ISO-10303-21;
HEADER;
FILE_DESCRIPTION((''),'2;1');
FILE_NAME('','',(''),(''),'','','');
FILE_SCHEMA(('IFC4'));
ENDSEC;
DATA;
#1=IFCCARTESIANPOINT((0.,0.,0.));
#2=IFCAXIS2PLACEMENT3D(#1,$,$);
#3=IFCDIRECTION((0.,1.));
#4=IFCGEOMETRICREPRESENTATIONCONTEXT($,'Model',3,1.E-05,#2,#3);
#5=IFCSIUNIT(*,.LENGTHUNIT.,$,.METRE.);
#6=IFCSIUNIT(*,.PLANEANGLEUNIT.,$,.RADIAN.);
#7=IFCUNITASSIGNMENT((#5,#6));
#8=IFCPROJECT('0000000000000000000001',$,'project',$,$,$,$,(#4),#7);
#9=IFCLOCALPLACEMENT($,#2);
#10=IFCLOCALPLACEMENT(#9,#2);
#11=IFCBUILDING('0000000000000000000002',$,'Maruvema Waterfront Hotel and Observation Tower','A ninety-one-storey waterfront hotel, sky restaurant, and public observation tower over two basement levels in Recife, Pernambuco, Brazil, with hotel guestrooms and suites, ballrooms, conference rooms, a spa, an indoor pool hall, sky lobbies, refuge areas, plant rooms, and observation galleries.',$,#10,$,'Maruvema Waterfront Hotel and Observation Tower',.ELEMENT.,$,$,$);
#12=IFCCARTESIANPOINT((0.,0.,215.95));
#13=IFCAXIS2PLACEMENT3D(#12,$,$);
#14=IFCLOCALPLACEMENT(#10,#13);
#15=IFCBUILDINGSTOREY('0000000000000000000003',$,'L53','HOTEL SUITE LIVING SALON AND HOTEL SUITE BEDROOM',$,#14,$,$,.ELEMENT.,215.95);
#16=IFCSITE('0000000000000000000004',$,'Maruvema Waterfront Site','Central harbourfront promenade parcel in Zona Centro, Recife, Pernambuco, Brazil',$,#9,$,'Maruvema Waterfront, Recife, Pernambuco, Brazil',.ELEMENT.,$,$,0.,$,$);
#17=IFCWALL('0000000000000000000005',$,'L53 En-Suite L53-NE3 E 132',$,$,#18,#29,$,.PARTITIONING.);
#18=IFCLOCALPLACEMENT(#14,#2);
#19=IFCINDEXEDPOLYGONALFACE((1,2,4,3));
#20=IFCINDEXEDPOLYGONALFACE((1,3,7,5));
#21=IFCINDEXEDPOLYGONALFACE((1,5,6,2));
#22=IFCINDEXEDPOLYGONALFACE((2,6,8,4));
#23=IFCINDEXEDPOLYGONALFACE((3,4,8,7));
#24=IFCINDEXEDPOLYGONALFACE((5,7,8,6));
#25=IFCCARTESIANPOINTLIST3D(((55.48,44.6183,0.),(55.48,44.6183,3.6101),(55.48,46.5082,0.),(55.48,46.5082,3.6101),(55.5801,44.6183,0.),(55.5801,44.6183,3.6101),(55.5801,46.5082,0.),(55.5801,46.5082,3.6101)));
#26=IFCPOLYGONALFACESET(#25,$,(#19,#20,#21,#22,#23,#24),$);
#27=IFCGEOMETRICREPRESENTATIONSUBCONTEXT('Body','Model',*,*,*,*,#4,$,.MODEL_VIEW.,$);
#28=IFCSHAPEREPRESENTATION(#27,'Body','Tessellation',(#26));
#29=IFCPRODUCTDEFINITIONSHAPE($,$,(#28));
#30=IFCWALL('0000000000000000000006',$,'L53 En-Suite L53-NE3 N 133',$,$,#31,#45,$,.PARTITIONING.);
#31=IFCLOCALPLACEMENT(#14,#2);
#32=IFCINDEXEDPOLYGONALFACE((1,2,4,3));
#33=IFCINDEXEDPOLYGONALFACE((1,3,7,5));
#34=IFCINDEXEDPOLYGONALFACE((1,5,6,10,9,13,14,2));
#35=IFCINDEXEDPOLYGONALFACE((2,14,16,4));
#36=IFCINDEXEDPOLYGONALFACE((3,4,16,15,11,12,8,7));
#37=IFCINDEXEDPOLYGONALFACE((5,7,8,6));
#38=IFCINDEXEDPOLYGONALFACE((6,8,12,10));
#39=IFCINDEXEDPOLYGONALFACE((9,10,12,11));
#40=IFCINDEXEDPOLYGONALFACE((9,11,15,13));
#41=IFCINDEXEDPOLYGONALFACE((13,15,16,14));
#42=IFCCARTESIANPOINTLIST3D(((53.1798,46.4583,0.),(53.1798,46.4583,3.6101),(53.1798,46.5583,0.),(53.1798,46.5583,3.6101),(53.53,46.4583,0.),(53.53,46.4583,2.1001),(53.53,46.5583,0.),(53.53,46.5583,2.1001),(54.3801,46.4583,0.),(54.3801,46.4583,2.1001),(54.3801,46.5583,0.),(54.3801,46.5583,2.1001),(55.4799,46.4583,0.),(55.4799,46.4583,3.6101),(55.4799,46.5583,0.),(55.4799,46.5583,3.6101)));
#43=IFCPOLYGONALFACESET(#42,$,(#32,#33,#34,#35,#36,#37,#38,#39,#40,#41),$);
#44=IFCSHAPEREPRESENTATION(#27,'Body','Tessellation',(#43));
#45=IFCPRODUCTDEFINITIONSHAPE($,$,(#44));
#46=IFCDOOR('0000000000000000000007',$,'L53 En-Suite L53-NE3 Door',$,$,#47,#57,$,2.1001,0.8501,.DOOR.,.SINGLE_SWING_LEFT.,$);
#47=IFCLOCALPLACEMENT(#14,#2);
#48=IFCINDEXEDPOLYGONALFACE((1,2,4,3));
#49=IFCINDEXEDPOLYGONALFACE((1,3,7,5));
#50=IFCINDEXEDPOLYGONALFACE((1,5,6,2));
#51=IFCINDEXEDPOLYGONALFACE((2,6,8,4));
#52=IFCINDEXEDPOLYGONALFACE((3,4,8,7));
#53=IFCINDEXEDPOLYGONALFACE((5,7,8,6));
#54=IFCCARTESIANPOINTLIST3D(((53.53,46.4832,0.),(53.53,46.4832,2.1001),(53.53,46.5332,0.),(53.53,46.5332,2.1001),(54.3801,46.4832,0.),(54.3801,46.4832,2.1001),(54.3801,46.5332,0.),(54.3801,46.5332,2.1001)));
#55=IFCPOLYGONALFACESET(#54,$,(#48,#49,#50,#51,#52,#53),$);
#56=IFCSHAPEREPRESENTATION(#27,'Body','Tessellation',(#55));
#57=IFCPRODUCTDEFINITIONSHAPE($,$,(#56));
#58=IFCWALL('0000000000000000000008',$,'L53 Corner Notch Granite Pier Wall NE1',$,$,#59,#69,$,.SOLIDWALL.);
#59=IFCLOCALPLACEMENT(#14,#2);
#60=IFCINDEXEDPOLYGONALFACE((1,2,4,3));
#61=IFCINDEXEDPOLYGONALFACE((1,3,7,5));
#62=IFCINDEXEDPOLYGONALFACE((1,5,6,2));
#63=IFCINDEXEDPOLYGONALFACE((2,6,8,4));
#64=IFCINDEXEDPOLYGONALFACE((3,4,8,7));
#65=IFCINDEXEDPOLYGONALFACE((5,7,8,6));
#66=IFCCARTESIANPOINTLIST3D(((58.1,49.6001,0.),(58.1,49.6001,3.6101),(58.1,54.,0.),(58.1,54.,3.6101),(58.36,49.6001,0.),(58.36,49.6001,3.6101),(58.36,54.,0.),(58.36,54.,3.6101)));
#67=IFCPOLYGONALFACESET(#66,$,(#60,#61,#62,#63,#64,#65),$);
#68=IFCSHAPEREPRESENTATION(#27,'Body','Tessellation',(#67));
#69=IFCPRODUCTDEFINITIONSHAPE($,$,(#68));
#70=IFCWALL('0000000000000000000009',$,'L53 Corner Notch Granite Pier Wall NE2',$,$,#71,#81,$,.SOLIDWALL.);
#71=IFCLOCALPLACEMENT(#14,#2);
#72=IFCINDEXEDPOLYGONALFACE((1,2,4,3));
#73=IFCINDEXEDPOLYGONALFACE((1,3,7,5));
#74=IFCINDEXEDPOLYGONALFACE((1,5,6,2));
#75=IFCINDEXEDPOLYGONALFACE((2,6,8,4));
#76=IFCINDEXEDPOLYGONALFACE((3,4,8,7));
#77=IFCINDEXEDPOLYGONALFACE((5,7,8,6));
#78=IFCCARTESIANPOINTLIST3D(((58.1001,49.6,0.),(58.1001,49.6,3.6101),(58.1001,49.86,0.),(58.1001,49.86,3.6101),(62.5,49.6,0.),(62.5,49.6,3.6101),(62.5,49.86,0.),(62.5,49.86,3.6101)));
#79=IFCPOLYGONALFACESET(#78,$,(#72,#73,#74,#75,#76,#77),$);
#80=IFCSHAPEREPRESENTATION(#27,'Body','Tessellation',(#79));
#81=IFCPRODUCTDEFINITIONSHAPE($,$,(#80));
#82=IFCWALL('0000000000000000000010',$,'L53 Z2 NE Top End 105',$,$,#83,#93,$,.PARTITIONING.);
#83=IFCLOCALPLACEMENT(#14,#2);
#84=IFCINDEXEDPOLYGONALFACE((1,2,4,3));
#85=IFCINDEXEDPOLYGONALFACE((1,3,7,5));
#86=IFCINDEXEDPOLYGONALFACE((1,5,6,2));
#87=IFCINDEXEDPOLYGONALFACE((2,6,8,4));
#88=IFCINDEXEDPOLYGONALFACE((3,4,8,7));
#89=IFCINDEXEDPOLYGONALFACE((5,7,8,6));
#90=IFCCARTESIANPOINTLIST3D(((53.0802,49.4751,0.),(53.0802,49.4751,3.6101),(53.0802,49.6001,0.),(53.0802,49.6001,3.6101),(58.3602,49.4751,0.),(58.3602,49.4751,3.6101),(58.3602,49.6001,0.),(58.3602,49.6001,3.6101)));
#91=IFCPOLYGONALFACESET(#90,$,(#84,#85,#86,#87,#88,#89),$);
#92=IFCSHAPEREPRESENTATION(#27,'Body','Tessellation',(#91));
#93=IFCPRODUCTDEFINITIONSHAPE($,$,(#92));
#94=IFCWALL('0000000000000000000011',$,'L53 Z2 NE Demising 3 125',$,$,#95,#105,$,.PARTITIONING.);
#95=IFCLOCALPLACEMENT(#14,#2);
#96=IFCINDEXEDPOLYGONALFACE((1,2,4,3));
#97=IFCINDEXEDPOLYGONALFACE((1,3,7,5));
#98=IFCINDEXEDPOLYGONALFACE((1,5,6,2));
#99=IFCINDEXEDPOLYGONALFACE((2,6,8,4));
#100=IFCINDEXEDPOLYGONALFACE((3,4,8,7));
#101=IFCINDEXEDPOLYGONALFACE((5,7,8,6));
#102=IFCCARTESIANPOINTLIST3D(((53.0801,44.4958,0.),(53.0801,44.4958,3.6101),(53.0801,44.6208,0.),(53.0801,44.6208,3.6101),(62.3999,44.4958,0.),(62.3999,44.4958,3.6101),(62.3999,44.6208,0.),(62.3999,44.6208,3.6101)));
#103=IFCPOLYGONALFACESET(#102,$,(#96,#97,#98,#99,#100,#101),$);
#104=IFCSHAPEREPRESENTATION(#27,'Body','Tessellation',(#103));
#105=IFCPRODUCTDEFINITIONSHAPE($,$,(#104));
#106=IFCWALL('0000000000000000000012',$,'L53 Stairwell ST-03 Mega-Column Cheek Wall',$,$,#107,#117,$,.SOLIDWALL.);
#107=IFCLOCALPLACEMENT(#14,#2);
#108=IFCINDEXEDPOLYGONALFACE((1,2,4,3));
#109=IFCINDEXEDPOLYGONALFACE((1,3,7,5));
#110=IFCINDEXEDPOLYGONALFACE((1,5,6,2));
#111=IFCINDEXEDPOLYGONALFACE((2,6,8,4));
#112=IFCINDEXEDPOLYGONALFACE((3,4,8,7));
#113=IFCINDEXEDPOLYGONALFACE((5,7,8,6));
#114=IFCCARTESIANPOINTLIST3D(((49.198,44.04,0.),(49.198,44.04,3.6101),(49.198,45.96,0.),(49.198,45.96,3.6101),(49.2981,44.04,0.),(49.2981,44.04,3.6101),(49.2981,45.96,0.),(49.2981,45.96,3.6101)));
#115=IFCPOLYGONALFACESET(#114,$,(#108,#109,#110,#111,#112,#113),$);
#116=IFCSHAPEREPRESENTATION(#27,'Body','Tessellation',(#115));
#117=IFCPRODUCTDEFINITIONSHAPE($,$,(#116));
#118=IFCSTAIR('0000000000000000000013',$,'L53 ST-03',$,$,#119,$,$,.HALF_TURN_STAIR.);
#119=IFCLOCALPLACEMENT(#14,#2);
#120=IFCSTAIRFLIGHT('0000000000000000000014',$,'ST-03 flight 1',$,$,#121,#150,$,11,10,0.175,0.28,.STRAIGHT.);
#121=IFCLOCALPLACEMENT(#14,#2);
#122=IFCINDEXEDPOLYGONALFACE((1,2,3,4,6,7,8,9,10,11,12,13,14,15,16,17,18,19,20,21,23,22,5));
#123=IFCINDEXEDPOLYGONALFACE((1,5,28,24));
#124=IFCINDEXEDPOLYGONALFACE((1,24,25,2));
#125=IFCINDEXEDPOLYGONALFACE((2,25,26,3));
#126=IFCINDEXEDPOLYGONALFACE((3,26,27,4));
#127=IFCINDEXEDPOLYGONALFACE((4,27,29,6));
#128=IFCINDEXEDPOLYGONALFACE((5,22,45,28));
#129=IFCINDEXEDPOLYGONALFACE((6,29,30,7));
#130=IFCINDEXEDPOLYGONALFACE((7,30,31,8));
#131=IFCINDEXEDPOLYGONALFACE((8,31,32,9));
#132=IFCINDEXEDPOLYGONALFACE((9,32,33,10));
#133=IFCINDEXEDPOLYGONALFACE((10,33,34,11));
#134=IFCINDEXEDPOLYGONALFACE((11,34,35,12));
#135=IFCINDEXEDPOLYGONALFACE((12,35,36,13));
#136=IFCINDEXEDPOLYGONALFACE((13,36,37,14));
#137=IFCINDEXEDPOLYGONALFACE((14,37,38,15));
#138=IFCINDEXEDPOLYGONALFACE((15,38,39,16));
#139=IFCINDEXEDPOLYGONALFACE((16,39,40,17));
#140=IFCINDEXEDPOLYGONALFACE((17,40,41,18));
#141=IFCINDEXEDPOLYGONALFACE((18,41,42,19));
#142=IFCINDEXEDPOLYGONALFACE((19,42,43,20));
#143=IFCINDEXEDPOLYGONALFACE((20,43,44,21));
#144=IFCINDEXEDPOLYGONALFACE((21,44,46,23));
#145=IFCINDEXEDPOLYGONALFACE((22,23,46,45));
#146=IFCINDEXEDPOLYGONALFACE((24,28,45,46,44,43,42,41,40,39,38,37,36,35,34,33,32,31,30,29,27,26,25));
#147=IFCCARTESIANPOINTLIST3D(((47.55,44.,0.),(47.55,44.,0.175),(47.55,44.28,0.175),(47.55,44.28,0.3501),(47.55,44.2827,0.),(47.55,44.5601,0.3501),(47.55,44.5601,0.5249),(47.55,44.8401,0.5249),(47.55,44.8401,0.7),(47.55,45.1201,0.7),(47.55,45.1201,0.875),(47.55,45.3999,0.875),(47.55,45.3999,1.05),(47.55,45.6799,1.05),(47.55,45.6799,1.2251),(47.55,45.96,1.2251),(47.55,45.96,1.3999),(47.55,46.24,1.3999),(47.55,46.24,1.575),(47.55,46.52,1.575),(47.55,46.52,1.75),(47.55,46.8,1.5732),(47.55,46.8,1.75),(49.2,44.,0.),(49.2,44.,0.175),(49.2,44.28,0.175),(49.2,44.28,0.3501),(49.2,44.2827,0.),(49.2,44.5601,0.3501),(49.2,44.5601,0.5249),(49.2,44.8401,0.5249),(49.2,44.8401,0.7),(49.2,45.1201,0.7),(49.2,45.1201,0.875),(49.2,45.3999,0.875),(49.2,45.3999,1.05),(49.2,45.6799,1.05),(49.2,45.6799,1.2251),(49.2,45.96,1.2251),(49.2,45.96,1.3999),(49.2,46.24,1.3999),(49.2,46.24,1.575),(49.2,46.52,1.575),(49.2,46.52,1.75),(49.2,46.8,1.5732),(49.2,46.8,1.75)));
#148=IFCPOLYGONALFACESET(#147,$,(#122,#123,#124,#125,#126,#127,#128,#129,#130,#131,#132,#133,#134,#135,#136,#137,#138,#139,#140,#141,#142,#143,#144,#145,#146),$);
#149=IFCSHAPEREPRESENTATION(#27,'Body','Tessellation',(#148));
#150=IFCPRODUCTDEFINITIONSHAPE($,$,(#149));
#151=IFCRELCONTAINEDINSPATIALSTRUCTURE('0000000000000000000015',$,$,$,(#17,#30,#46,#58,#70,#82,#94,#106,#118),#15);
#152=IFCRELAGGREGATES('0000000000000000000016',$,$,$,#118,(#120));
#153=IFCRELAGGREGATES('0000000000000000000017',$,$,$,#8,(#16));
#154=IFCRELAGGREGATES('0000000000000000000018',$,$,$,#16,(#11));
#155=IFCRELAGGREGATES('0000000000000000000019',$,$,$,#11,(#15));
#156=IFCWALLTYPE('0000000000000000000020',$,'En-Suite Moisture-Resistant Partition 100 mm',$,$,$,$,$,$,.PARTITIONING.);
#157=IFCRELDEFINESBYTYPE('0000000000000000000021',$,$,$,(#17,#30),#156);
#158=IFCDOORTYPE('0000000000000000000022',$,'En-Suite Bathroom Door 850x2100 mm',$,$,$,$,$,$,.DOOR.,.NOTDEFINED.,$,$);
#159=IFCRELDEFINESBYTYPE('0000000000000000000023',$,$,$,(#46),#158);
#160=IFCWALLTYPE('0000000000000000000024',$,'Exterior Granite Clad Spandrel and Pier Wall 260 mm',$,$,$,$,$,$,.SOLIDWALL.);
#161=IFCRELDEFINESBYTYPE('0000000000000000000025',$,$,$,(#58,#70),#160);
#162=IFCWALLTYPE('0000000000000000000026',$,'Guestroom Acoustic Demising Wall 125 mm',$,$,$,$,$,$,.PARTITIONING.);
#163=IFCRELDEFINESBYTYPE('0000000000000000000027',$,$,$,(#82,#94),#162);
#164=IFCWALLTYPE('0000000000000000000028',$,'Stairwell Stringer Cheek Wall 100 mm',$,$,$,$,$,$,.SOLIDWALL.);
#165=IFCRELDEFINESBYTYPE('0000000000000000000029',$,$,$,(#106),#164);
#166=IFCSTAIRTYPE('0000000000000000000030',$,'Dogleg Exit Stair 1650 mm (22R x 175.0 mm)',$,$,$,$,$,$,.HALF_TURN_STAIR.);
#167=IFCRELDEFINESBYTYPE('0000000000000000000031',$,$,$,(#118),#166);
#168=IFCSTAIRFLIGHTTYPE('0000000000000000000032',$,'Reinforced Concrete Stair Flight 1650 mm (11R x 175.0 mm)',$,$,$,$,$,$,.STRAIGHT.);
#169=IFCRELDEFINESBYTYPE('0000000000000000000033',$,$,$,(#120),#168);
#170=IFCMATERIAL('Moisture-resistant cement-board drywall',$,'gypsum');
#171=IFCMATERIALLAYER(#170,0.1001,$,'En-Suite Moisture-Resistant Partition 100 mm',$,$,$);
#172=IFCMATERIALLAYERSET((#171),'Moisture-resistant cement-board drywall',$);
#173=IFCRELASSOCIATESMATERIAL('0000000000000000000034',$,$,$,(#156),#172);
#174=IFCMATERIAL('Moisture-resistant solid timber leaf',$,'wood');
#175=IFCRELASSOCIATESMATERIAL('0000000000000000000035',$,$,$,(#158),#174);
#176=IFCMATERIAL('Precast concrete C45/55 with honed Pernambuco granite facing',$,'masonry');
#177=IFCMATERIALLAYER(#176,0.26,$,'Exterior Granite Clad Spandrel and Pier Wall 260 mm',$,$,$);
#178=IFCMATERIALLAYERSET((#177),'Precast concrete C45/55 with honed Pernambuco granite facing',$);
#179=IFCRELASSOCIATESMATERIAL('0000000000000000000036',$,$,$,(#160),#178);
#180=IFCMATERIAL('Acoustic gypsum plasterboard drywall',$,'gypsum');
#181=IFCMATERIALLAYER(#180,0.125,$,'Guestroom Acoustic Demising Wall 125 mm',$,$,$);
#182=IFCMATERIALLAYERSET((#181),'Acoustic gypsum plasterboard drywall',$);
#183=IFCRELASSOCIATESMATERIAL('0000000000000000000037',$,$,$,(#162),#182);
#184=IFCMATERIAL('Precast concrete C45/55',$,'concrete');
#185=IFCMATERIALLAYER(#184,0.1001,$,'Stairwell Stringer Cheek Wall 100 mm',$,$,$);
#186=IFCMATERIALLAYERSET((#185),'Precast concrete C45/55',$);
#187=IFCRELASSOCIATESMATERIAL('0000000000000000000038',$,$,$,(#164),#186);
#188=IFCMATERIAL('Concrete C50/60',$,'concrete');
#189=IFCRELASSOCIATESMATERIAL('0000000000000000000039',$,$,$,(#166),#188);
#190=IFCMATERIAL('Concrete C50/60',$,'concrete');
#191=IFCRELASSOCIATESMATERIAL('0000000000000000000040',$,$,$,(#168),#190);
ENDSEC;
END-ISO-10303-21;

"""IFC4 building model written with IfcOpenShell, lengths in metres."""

from ifc_helpers import new_model, si_unit, direction, frame, frame_2d, origin, place, context, subcontext, project, spatial, polyline, rectangle, outline, extrude, material, layer, layer_set, type_object, element, fill, aggregate, save


model = new_model("IFC4")

# Units and contexts
model_context = context("Model", 3, precision=1e-05, world=origin(), true_north=direction((0.0, 1.0)))
body_context = subcontext(model_context, "Body", "Model", "MODEL_VIEW")
ifc_project = project(units=[si_unit("LENGTHUNIT", "METRE"), si_unit("PLANEANGLEUNIT", "RADIAN")], contexts=[model_context])

# Site, building, storey
site_placement = place(None, origin())
site = spatial("IfcSite", under=ifc_project, at=site_placement, Name="Maruvema Waterfront Site", Description="Central harbourfront promenade parcel in Zona Centro, Recife, Pernambuco, Brazil", LongName="Maruvema Waterfront, Recife, Pernambuco, Brazil", CompositionType="ELEMENT", RefElevation=0.0)
building_placement = place(site_placement, origin())
building = spatial("IfcBuilding", under=site, at=building_placement, Name="Maruvema Waterfront Hotel and Observation Tower", Description="A ninety-one-storey waterfront hotel, sky restaurant, and public observation tower over two basement levels in Recife, Pernambuco, Brazil, with hotel guestrooms and suites, ballrooms, conference rooms, a spa, an indoor pool hall, sky lobbies, refuge areas, plant rooms, and observation galleries.", LongName="Maruvema Waterfront Hotel and Observation Tower", CompositionType="ELEMENT")
storey_placement = place(building_placement, frame((0.0, 0.0, 215.95)))
storey = spatial("IfcBuildingStorey", under=building, at=storey_placement, Name="L53", Description="HOTEL SUITE LIVING SALON AND HOTEL SUITE BEDROOM", CompositionType="ELEMENT", Elevation=215.95)

# Wall
ifc_material_1 = material(Name="Moisture-resistant cement-board drywall", Category="gypsum")
ifc_layer_1 = layer(ifc_material_1, 0.1001, Name="En-Suite Moisture-Resistant Partition 100 mm")
ifc_layer_set_1 = layer_set([ifc_layer_1], Name="Moisture-resistant cement-board drywall")
wall_type_1 = type_object("IfcWallType", Name="En-Suite Moisture-Resistant Partition 100 mm", PredefinedType="PARTITIONING", material=ifc_layer_set_1)
wall_1_placement = place(storey_placement, frame((55.53, 44.6184, 0.0), z_axis=(0.0, 0.0, 1.0), x_axis=(0.0, 1.0, 0.0)))
element("IfcWall", 1, at=wall_1_placement, inside=storey, type_object=wall_type_1, Name="L53 En-Suite L53-NE3 E 132", PredefinedType="PARTITIONING", context=body_context, shape_type="SweptSolid", body=[
    extrude(rectangle(XDim=1.8899, YDim=0.1001, at=frame_2d((0.9448, 0.0))), origin(), (0.0, 0.0, 1.0), 3.6101),
])

# Wall, opening, door
wall_2_placement = place(storey_placement, frame((53.1799, 46.5083, 0.0), z_axis=(0.0, 0.0, 1.0), x_axis=(1.0, 0.0, 0.0)))
wall_2 = element("IfcWall", 2, at=wall_2_placement, inside=storey, type_object=wall_type_1, Name="L53 En-Suite L53-NE3 N 133", PredefinedType="PARTITIONING", context=body_context, shape_type="SweptSolid", body=[
    extrude(rectangle(XDim=2.3, YDim=0.1001, at=frame_2d((1.1499, 0.0))), origin(), (0.0, 0.0, 1.0), 3.6101),
])
opening_1_placement = place(wall_2_placement, frame((0.3501, 0.0, 0.0)))
opening_1 = element("IfcOpeningElement", 3, at=opening_1_placement, cuts=wall_2, PredefinedType="OPENING", context=body_context, shape_type="SweptSolid", body=[
    extrude(rectangle(XDim=0.8501, YDim=2.1001, at=frame_2d((0.425, 1.05))), frame((0.0, 0.0601, 0.0), z_axis=(0.0, -1.0, 0.0), x_axis=(1.0, 0.0, 0.0)), (0.0, 0.0, 1.0), 0.1201),
])
ifc_material_2 = material(Name="Moisture-resistant solid timber leaf", Category="wood")
door_type_1 = type_object("IfcDoorType", Name="En-Suite Bathroom Door 850x2100 mm", OperationType="NOTDEFINED", PredefinedType="DOOR", material=ifc_material_2)
door_1_placement = place(opening_1_placement, origin())
door_1 = element("IfcDoor", 4, at=door_1_placement, inside=storey, type_object=door_type_1, Name="L53 En-Suite L53-NE3 Door", OperationType="SINGLE_SWING_LEFT", OverallHeight=2.1001, OverallWidth=0.8501, PredefinedType="DOOR", context=body_context, shape_type="SweptSolid", body=[
    extrude(rectangle(XDim=0.8501, YDim=2.1001, at=frame_2d((0.425, 1.05))), frame((0.0, 0.0249, 0.0), z_axis=(0.0, -1.0, 0.0), x_axis=(1.0, 0.0, 0.0)), (0.0, 0.0, 1.0), 0.05),
])
fill(opening_1, door_1)

# Walls
ifc_material_3 = material(Name="Precast concrete C45/55 with honed Pernambuco granite facing", Category="masonry")
ifc_layer_2 = layer(ifc_material_3, 0.26, Name="Exterior Granite Clad Spandrel and Pier Wall 260 mm")
ifc_layer_set_2 = layer_set([ifc_layer_2], Name="Precast concrete C45/55 with honed Pernambuco granite facing")
wall_type_2 = type_object("IfcWallType", Name="Exterior Granite Clad Spandrel and Pier Wall 260 mm", PredefinedType="SOLIDWALL", material=ifc_layer_set_2)
for number, where, z_axis, x_axis, name in (
    (5, (58.23, 54.0, 0.0), (0.0, 0.0, 1.0), (0.0, -1.0, 0.0), "L53 Corner Notch Granite Pier Wall NE1"),
    (6, (58.1001, 49.73, 0.0), (0.0, 0.0, 1.0), (1.0, 0.0, 0.0), "L53 Corner Notch Granite Pier Wall NE2"),
):
    element("IfcWall", number, at=place(storey_placement, frame(where, z_axis=z_axis, x_axis=x_axis)), inside=storey, type_object=wall_type_2, Name=name, PredefinedType="SOLIDWALL", context=body_context, shape_type="SweptSolid", body=[
        extrude(rectangle(XDim=4.3999, YDim=0.26, at=frame_2d((2.2, 0.0))), origin(), (0.0, 0.0, 1.0), 3.6101),
    ])
ifc_material_4 = material(Name="Acoustic gypsum plasterboard drywall", Category="gypsum")
ifc_layer_3 = layer(ifc_material_4, 0.125, Name="Guestroom Acoustic Demising Wall 125 mm")
ifc_layer_set_3 = layer_set([ifc_layer_3], Name="Acoustic gypsum plasterboard drywall")
wall_type_3 = type_object("IfcWallType", Name="Guestroom Acoustic Demising Wall 125 mm", PredefinedType="PARTITIONING", material=ifc_layer_set_3)
wall_3_placement = place(storey_placement, frame((53.0801, 49.5376, 0.0), z_axis=(0.0, 0.0, 1.0), x_axis=(1.0, 0.0, 0.0)))
element("IfcWall", 7, at=wall_3_placement, inside=storey, type_object=wall_type_3, Name="L53 Z2 NE Top End 105", PredefinedType="PARTITIONING", context=body_context, shape_type="SweptSolid", body=[
    extrude(rectangle(XDim=5.28, YDim=0.125, at=frame_2d((2.6401, 0.0))), origin(), (0.0, 0.0, 1.0), 3.6101),
])
wall_4_placement = place(storey_placement, frame((53.0801, 44.5583, 0.0), z_axis=(0.0, 0.0, 1.0), x_axis=(1.0, 0.0, 0.0)))
element("IfcWall", 8, at=wall_4_placement, inside=storey, type_object=wall_type_3, Name="L53 Z2 NE Demising 3 125", PredefinedType="PARTITIONING", context=body_context, shape_type="SweptSolid", body=[
    extrude(rectangle(XDim=9.3198, YDim=0.125, at=frame_2d((4.6599, 0.0))), origin(), (0.0, 0.0, 1.0), 3.6101),
])
ifc_material_5 = material(Name="Precast concrete C45/55", Category="concrete")
ifc_layer_4 = layer(ifc_material_5, 0.1001, Name="Stairwell Stringer Cheek Wall 100 mm")
ifc_layer_set_4 = layer_set([ifc_layer_4], Name="Precast concrete C45/55")
wall_type_4 = type_object("IfcWallType", Name="Stairwell Stringer Cheek Wall 100 mm", PredefinedType="SOLIDWALL", material=ifc_layer_set_4)
wall_5_placement = place(storey_placement, frame((49.248, 44.04, 0.0), z_axis=(0.0, 0.0, 1.0), x_axis=(0.0, 1.0, 0.0)))
element("IfcWall", 9, at=wall_5_placement, inside=storey, type_object=wall_type_4, Name="L53 Stairwell ST-03 Mega-Column Cheek Wall", PredefinedType="SOLIDWALL", context=body_context, shape_type="SweptSolid", body=[
    extrude(rectangle(XDim=1.9199, YDim=0.1001, at=frame_2d((0.96, 0.0))), origin(), (0.0, 0.0, 1.0), 3.6101),
])

# Stair, stair flight
ifc_material_6 = material(Name="Concrete C50/60", Category="concrete")
stair_type = type_object("IfcStairType", Name="Dogleg Exit Stair 1650 mm (22R x 175.0 mm)", PredefinedType="HALF_TURN_STAIR", material=ifc_material_6)
stair_placement = place(storey_placement, origin())
stair = element("IfcStair", 10, at=stair_placement, inside=storey, type_object=stair_type, Name="L53 ST-03", PredefinedType="HALF_TURN_STAIR")
ifc_material_7 = material(Name="Concrete C50/60", Category="concrete")
stair_flight_type = type_object("IfcStairFlightType", Name="Reinforced Concrete Stair Flight 1650 mm (11R x 175.0 mm)", PredefinedType="STRAIGHT", material=ifc_material_7)
stair_flight_placement = place(storey_placement, frame((48.375, 44.0, 0.0), z_axis=(0.0, 0.0, 1.0), x_axis=(0.0, 1.0, 0.0)))
stair_flight = element("IfcStairFlight", 11, at=stair_flight_placement, type_object=stair_flight_type, Name="ST-03 flight 1", NumberOfRisers=11, NumberOfTreads=10, PredefinedType="STRAIGHT", RiserHeight=0.175, TreadLength=0.28, context=body_context, shape_type="SweptSolid", body=[
    extrude(outline(polyline([(0.0, 0.0), (0.0, 0.175), (0.28, 0.175), (0.28, 0.3501), (0.5601, 0.3501), (0.5601, 0.5249), (0.8401, 0.5249), (0.8401, 0.7), (1.1201, 0.7), (1.1201, 0.875), (1.3999, 0.875), (1.3999, 1.05), (1.6799, 1.05), (1.6799, 1.2251), (1.96, 1.2251), (1.96, 1.3999), (2.24, 1.3999), (2.24, 1.575), (2.52, 1.575), (2.52, 1.75), (2.8, 1.75), (2.8, 1.925), (2.8, 1.5732), (0.2827, 0.0), (0.0, 0.0)])), frame((0.0, 0.825, 0.0), z_axis=(0.0, -1.0, 0.0), x_axis=(1.0, 0.0, 0.0)), (0.0, 0.0, 1.0), 1.6499),
])
aggregate(stair, [stair_flight])

save(model, "model.ifc")
